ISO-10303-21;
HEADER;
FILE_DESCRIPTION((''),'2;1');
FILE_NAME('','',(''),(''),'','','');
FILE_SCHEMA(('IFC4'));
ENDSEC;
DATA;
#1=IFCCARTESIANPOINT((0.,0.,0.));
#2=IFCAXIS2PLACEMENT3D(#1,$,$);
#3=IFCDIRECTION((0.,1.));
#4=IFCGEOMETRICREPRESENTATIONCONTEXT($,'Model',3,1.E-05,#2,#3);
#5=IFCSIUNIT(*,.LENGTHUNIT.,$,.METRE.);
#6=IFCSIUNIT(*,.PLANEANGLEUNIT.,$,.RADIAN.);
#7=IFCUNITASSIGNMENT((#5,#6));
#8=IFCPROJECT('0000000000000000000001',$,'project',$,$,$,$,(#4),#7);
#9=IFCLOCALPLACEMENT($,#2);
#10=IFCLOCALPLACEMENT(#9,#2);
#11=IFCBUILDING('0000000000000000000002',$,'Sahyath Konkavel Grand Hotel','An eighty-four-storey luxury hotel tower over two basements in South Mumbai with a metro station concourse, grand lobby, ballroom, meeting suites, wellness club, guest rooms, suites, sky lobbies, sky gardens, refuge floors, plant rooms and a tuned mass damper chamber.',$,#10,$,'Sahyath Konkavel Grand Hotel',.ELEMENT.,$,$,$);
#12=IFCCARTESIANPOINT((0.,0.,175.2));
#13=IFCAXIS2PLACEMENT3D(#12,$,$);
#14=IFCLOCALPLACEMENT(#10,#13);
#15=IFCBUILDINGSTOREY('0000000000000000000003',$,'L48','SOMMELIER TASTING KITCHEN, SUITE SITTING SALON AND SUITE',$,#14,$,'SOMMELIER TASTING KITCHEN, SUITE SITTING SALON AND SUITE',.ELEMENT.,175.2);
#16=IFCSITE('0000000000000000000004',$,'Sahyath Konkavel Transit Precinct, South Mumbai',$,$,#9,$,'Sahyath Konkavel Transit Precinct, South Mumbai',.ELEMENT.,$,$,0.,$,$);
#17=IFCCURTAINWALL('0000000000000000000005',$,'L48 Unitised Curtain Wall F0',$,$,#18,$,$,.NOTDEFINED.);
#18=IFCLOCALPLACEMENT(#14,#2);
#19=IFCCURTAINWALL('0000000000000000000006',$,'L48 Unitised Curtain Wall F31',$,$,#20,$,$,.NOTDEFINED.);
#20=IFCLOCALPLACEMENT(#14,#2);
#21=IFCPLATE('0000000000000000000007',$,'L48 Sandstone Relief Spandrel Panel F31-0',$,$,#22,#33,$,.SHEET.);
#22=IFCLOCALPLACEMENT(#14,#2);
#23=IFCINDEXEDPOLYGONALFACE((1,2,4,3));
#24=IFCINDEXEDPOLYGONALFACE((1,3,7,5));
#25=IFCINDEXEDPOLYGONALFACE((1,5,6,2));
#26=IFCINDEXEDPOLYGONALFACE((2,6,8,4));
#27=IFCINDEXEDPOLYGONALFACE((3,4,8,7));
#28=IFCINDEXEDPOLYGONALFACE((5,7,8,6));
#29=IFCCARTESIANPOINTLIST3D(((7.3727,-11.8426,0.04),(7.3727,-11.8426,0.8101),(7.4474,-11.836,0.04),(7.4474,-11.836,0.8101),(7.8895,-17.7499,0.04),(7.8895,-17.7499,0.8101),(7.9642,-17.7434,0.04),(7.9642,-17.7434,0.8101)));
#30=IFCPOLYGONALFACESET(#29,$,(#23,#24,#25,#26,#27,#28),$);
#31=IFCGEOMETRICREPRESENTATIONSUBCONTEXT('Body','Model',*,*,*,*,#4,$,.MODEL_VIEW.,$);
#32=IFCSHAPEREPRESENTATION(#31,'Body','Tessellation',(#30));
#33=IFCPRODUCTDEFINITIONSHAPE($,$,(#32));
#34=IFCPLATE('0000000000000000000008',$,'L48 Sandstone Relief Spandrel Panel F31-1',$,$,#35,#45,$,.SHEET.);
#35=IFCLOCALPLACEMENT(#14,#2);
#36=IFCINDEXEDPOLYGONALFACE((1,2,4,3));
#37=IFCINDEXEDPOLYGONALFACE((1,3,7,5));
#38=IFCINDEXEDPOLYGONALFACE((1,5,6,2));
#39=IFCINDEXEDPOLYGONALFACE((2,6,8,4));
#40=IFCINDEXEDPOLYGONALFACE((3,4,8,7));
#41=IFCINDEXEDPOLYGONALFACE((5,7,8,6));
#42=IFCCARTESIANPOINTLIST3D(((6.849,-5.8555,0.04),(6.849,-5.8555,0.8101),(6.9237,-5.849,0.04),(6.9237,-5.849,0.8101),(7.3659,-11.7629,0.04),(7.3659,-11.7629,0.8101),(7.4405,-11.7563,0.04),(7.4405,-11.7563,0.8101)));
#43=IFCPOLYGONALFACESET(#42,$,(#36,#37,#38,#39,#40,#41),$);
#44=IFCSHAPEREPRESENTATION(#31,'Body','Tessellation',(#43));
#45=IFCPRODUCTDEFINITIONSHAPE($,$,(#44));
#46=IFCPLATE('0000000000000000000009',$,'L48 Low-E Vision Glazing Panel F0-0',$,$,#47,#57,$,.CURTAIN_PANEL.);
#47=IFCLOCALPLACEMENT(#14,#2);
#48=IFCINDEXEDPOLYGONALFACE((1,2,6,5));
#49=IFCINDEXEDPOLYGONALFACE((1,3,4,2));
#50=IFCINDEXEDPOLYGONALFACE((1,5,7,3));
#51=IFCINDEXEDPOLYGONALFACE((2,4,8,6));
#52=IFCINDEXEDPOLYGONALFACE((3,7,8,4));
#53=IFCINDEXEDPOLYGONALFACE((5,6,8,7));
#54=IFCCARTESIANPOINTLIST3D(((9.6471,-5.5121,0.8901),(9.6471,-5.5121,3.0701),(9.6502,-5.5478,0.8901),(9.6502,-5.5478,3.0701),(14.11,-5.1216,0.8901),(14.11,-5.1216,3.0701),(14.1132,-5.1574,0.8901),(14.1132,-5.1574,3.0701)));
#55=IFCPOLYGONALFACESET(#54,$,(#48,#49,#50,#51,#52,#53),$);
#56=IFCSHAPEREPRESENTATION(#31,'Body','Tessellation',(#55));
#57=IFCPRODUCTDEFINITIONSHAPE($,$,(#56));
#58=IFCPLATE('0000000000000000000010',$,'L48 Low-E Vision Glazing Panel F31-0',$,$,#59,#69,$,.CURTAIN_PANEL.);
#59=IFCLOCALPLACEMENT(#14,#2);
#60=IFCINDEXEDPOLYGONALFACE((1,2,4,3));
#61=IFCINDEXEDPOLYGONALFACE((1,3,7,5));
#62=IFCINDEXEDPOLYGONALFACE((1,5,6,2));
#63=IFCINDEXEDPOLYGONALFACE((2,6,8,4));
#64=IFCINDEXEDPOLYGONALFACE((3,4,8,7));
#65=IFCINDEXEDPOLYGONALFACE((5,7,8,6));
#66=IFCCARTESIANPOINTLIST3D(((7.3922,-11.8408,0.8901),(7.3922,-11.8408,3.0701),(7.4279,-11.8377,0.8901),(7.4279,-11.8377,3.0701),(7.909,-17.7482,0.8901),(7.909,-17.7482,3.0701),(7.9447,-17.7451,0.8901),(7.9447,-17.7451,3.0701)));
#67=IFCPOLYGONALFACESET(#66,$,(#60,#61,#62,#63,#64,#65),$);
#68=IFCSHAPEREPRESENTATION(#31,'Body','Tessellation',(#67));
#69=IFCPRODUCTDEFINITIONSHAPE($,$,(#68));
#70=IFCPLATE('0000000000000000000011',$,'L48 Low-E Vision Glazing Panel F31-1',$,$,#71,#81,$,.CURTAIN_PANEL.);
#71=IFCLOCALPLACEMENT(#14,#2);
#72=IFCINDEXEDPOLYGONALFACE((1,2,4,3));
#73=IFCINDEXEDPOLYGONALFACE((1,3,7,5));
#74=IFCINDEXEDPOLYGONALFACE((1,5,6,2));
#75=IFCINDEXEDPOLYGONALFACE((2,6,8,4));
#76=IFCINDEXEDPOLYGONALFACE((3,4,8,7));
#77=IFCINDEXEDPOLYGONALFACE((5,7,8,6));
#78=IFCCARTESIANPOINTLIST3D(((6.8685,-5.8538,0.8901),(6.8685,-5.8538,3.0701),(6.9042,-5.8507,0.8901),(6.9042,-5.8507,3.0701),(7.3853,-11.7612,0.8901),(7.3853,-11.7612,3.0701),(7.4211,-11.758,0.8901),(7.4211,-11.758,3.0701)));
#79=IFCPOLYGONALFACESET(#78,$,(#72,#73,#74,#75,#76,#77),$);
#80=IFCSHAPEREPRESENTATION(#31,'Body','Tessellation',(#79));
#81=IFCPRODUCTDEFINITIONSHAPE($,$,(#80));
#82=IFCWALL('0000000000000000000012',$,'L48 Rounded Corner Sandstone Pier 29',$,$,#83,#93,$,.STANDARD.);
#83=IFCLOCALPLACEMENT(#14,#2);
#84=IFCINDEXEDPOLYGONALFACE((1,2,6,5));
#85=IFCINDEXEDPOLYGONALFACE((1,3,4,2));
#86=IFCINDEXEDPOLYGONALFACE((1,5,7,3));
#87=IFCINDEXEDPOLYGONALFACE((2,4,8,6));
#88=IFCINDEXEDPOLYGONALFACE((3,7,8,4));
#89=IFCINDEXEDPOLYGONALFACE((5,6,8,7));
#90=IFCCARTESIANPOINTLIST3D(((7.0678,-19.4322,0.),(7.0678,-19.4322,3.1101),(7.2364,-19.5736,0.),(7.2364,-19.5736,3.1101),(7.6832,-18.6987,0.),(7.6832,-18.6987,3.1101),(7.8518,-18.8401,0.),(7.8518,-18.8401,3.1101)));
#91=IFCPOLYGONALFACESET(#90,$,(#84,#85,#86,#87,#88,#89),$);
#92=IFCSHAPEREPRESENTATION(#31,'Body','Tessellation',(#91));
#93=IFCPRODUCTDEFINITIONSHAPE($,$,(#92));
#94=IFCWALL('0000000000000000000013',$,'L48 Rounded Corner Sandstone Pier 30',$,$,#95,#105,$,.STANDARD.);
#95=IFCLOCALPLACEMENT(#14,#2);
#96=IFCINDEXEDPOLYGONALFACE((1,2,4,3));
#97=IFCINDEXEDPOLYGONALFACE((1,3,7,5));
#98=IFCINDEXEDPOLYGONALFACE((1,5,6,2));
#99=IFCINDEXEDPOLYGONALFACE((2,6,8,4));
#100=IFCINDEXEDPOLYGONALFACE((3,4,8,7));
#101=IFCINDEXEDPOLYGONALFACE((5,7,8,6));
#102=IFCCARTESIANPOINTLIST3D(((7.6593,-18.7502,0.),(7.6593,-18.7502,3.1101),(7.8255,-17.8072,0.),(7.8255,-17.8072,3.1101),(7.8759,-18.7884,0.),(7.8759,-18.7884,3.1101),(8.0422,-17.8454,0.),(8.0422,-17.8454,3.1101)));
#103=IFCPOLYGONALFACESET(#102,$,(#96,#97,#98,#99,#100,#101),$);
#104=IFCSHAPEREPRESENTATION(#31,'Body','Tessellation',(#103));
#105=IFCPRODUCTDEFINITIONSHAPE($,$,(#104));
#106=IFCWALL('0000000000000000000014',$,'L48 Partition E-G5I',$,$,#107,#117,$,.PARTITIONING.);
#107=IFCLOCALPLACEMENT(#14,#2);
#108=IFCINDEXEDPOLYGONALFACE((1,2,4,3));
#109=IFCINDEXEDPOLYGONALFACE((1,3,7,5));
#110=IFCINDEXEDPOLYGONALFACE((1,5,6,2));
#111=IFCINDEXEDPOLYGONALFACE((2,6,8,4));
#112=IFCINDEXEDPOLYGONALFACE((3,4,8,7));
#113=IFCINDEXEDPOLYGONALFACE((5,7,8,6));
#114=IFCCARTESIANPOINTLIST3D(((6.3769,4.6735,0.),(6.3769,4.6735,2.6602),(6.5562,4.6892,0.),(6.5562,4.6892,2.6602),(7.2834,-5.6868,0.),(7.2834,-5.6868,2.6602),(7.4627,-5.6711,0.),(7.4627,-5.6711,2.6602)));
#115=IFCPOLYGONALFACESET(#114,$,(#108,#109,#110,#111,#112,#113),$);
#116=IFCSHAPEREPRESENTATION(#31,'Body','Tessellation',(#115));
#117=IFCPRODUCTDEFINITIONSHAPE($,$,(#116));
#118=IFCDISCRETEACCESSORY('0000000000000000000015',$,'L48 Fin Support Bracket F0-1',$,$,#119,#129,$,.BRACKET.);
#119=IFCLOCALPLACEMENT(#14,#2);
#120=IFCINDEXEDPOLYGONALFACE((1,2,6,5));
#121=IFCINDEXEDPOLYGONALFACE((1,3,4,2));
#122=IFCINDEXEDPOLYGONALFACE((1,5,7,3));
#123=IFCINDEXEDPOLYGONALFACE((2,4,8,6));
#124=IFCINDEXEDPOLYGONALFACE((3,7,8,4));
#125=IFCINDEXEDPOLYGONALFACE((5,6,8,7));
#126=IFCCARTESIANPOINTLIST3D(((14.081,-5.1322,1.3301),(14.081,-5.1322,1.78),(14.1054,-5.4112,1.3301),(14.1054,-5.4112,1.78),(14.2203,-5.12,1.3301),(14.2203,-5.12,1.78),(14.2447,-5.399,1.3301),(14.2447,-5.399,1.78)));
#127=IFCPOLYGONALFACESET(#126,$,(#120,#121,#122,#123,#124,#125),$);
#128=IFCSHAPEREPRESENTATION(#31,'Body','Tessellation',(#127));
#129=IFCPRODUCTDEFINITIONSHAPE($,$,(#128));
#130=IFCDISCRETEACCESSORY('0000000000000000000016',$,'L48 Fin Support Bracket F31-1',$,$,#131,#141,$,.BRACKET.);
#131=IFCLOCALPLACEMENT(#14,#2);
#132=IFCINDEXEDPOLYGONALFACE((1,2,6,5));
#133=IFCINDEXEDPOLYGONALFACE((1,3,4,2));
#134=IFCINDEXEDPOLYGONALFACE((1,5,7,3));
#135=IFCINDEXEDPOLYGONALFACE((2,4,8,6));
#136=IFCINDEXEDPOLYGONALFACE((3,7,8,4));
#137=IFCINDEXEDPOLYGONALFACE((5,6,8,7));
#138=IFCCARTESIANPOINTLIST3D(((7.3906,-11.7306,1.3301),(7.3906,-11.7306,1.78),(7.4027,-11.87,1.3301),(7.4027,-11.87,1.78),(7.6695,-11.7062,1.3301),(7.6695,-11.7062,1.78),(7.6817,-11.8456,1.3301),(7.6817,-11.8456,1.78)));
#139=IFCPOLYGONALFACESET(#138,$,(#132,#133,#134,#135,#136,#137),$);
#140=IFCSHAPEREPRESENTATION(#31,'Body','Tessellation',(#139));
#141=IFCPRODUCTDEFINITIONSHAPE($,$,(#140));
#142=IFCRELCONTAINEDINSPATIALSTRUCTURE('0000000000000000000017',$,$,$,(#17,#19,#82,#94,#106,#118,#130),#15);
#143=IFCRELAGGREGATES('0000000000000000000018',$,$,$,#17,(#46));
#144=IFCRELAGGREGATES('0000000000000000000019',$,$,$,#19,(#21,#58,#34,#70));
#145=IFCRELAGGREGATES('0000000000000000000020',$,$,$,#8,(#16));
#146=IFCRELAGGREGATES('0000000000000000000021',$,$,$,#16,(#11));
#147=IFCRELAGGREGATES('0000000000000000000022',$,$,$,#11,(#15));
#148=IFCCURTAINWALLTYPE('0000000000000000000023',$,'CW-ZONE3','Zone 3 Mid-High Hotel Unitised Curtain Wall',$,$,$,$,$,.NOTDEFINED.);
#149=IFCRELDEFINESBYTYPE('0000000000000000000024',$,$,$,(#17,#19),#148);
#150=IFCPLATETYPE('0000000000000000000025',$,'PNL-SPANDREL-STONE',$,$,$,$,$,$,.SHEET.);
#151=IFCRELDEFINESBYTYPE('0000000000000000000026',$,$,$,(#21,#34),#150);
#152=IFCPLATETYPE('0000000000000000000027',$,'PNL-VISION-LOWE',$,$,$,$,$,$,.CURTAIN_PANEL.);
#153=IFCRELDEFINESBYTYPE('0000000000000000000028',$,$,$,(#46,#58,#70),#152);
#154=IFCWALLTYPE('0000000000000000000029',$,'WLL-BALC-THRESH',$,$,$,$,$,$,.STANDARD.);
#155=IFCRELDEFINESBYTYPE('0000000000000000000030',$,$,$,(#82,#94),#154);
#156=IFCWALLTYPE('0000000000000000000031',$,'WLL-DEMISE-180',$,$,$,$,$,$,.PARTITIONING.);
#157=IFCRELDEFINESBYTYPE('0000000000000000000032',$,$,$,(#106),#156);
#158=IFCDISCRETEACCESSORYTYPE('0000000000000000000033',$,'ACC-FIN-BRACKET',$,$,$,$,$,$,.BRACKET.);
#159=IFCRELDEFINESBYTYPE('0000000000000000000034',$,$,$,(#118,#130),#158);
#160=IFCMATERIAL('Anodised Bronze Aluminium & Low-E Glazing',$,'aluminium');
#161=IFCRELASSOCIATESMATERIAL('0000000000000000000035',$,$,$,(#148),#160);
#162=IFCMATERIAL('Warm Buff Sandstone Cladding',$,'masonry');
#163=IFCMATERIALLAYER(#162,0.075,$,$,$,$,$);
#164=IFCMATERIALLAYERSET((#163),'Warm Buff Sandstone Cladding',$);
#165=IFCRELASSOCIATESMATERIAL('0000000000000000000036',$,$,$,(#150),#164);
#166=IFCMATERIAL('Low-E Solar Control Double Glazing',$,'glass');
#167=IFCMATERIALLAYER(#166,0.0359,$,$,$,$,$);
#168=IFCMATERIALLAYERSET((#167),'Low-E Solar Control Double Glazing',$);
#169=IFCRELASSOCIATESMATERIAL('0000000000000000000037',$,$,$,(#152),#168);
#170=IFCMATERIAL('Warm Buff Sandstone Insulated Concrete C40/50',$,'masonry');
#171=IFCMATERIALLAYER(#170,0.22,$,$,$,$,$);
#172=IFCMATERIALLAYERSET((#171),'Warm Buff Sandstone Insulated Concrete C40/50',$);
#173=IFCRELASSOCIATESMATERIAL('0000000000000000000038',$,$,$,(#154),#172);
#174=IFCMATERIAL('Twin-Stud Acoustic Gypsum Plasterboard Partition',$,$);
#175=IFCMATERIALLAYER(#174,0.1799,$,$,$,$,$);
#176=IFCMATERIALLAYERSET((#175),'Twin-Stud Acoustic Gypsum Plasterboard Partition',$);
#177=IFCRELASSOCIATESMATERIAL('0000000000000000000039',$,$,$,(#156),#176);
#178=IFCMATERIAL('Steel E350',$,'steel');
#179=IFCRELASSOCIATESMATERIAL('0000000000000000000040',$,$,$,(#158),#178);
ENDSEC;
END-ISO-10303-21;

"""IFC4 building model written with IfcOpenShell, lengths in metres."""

from ifc_helpers import new_model, si_unit, direction, frame, frame_2d, origin, origin_2d, place, context, subcontext, project, spatial, rectangle, extrude, source, transform, mapped, material, layer, layer_set, type_object, element, aggregate, save


model = new_model("IFC4")

# Units and contexts
model_context = context("Model", 3, precision=1e-05, world=origin(), true_north=direction((0.0, 1.0)))
body_context = subcontext(model_context, "Body", "Model", "MODEL_VIEW")
ifc_project = project(units=[si_unit("LENGTHUNIT", "METRE"), si_unit("PLANEANGLEUNIT", "RADIAN")], contexts=[model_context])

# Site, building, storey
site_placement = place(None, origin())
site = spatial("IfcSite", under=ifc_project, at=site_placement, Name="Sahyath Konkavel Transit Precinct, South Mumbai", LongName="Sahyath Konkavel Transit Precinct, South Mumbai", CompositionType="ELEMENT", RefElevation=0.0)
building_placement = place(site_placement, origin())
building = spatial("IfcBuilding", under=site, at=building_placement, Name="Sahyath Konkavel Grand Hotel", Description="An eighty-four-storey luxury hotel tower over two basements in South Mumbai with a metro station concourse, grand lobby, ballroom, meeting suites, wellness club, guest rooms, suites, sky lobbies, sky gardens, refuge floors, plant rooms and a tuned mass damper chamber.", LongName="Sahyath Konkavel Grand Hotel", CompositionType="ELEMENT")
storey_placement = place(building_placement, frame((0.0, 0.0, 175.2)))
storey = spatial("IfcBuildingStorey", under=building, at=storey_placement, Name="L48", Description="SOMMELIER TASTING KITCHEN, SUITE SITTING SALON AND SUITE", LongName="SOMMELIER TASTING KITCHEN, SUITE SITTING SALON AND SUITE", CompositionType="ELEMENT", Elevation=175.2)

# Curtain walls
ifc_material_1 = material(Name="Anodised Bronze Aluminium & Low-E Glazing", Category="aluminium")
curtain_wall_type = type_object("IfcCurtainWallType", Name="CW-ZONE3", Description="Zone 3 Mid-High Hotel Unitised Curtain Wall", PredefinedType="NOTDEFINED", material=ifc_material_1)
curtain_wall_1_placement = place(storey_placement, origin())
curtain_wall_1 = element("IfcCurtainWall", 1, at=curtain_wall_1_placement, inside=storey, type_object=curtain_wall_type, Name="L48 Unitised Curtain Wall F0", PredefinedType="NOTDEFINED")
curtain_wall_2_placement = place(storey_placement, origin())
curtain_wall_2 = element("IfcCurtainWall", 2, at=curtain_wall_2_placement, inside=storey, type_object=curtain_wall_type, Name="L48 Unitised Curtain Wall F31", PredefinedType="NOTDEFINED")

# Plates
ifc_material_2 = material(Name="Warm Buff Sandstone Cladding", Category="masonry")
ifc_layer_1 = layer(ifc_material_2, 0.075)
ifc_layer_set_1 = layer_set([ifc_layer_1], Name="Warm Buff Sandstone Cladding")
plate_type_1 = type_object("IfcPlateType", Name="PNL-SPANDREL-STONE", PredefinedType="SHEET", material=ifc_layer_set_1)
shared_shape_1 = source(origin(), body_context, "Body", "SweptSolid", [
    extrude(rectangle(XDim=5.9299, YDim=0.075, at=origin_2d()), origin(), (0.0, 0.0, 1.0), 0.77),
])
plate_1_placement = place(storey_placement, frame((7.6685, -14.793, 0.04), z_axis=(0.0, 0.0, 1.0), x_axis=(-0.087156, 0.996195, 0.0)))
plate_1 = element("IfcPlate", 3, at=plate_1_placement, type_object=plate_type_1, Name="L48 Sandstone Relief Spandrel Panel F31-0", PredefinedType="SHEET", context=body_context, shape_type="MappedRepresentation", body=[
    mapped(shared_shape_1, transform((0.0, 0.0, 0.0), scale=1.0)),
])
plate_2_placement = place(storey_placement, frame((7.1448, -8.8059, 0.04), z_axis=(0.0, 0.0, 1.0), x_axis=(-0.087156, 0.996195, 0.0)))
plate_2 = element("IfcPlate", 4, at=plate_2_placement, type_object=plate_type_1, Name="L48 Sandstone Relief Spandrel Panel F31-1", PredefinedType="SHEET", context=body_context, shape_type="MappedRepresentation", body=[
    mapped(shared_shape_1, transform((0.0, 0.0, 0.0), scale=1.0)),
])
ifc_material_3 = material(Name="Low-E Solar Control Double Glazing", Category="glass")
ifc_layer_2 = layer(ifc_material_3, 0.0359)
ifc_layer_set_2 = layer_set([ifc_layer_2], Name="Low-E Solar Control Double Glazing")
plate_type_2 = type_object("IfcPlateType", Name="PNL-VISION-LOWE", PredefinedType="CURTAIN_PANEL", material=ifc_layer_set_2)
shared_shape_2 = source(origin(), body_context, "Body", "SweptSolid", [
    extrude(rectangle(XDim=4.48, YDim=0.0359, at=origin_2d()), origin(), (0.0, 0.0, 1.0), 2.1799),
])
plate_3_placement = place(storey_placement, frame((11.8801, -5.3347, 0.8901), z_axis=(0.0, 0.0, 1.0), x_axis=(0.996195, 0.087156, 0.0)))
plate_3 = element("IfcPlate", 5, at=plate_3_placement, type_object=plate_type_2, Name="L48 Low-E Vision Glazing Panel F0-0", PredefinedType="CURTAIN_PANEL", context=body_context, shape_type="MappedRepresentation", body=[
    mapped(shared_shape_2, transform((0.0, 0.0, 0.0), scale=1.0)),
])
aggregate(curtain_wall_1, [plate_3])
shared_shape_3 = source(origin(), body_context, "Body", "SweptSolid", [
    extrude(rectangle(XDim=5.9299, YDim=0.0359, at=origin_2d()), origin(), (0.0, 0.0, 1.0), 2.1799),
])
plate_4_placement = place(storey_placement, frame((7.6685, -14.793, 0.8901), z_axis=(0.0, 0.0, 1.0), x_axis=(-0.087156, 0.996195, 0.0)))
plate_4 = element("IfcPlate", 6, at=plate_4_placement, type_object=plate_type_2, Name="L48 Low-E Vision Glazing Panel F31-0", PredefinedType="CURTAIN_PANEL", context=body_context, shape_type="MappedRepresentation", body=[
    mapped(shared_shape_3, transform((0.0, 0.0, 0.0), scale=1.0)),
])
plate_5_placement = place(storey_placement, frame((7.1448, -8.8059, 0.8901), z_axis=(0.0, 0.0, 1.0), x_axis=(-0.087156, 0.996195, 0.0)))
plate_5 = element("IfcPlate", 7, at=plate_5_placement, type_object=plate_type_2, Name="L48 Low-E Vision Glazing Panel F31-1", PredefinedType="CURTAIN_PANEL", context=body_context, shape_type="MappedRepresentation", body=[
    mapped(shared_shape_3, transform((0.0, 0.0, 0.0), scale=1.0)),
])
aggregate(curtain_wall_2, [plate_1, plate_4, plate_2, plate_5])

# Walls
ifc_material_4 = material(Name="Warm Buff Sandstone Insulated Concrete C40/50", Category="masonry")
ifc_layer_3 = layer(ifc_material_4, 0.22)
ifc_layer_set_3 = layer_set([ifc_layer_3], Name="Warm Buff Sandstone Insulated Concrete C40/50")
wall_type_1 = type_object("IfcWallType", Name="WLL-BALC-THRESH", PredefinedType="STANDARD", material=ifc_layer_set_3)
for number, where, z_axis, x_axis, name in (
    (8, (7.1521, -19.5029, 0.0), (0.0, 0.0, 1.0), (0.642714, 0.766107, 0.0), "L48 Rounded Corner Sandstone Pier 29"),
    (9, (7.7676, -18.7693, 0.0), (0.0, 0.0, 1.0), (0.173654, 0.984807, 0.0), "L48 Rounded Corner Sandstone Pier 30"),
):
    element("IfcWall", number, at=place(storey_placement, frame(where, z_axis=z_axis, x_axis=x_axis)), inside=storey, type_object=wall_type_1, Name=name, PredefinedType="STANDARD", context=body_context, shape_type="SweptSolid", body=[
        extrude(rectangle(XDim=0.9575, YDim=0.22, at=frame_2d((0.4788, 0.0))), origin(), (0.0, 0.0, 1.0), 3.1101),
    ])
ifc_material_5 = material(Name="Twin-Stud Acoustic Gypsum Plasterboard Partition")
ifc_layer_4 = layer(ifc_material_5, 0.1799)
ifc_layer_set_4 = layer_set([ifc_layer_4], Name="Twin-Stud Acoustic Gypsum Plasterboard Partition")
wall_type_2 = type_object("IfcWallType", Name="WLL-DEMISE-180", PredefinedType="PARTITIONING", material=ifc_layer_set_4)
wall_placement = place(storey_placement, frame((7.373, -5.679, 0.0), z_axis=(0.0, 0.0, 1.0), x_axis=(-0.087163, 0.996194, 0.0)))
element("IfcWall", 10, at=wall_placement, inside=storey, type_object=wall_type_2, Name="L48 Partition E-G5I", PredefinedType="PARTITIONING", context=body_context, shape_type="SweptSolid", body=[
    extrude(rectangle(XDim=10.3999, YDim=0.1799, at=frame_2d((5.2, 0.0))), origin(), (0.0, 0.0, 1.0), 2.6602),
])

# Discrete accessories
ifc_material_6 = material(Name="Steel E350", Category="steel")
discrete_accessory_type = type_object("IfcDiscreteAccessoryType", Name="ACC-FIN-BRACKET", PredefinedType="BRACKET", material=ifc_material_6)
shared_shape_4 = source(origin(), body_context, "Body", "SweptSolid", [
    extrude(rectangle(XDim=0.28, YDim=0.1399, at=origin_2d()), origin(), (0.0, 0.0, 1.0), 0.45),
])
for number, where, z_axis, x_axis, name in (
    (11, (14.1628, -5.2656, 1.3301), (0.0, 0.0, 1.0), (0.087156, -0.996195, 0.0), "L48 Fin Support Bracket F0-1"),
    (12, (7.5361, -11.7881, 1.3301), (0.0, 0.0, 1.0), (0.996195, 0.087156, 0.0), "L48 Fin Support Bracket F31-1"),
):
    element("IfcDiscreteAccessory", number, at=place(storey_placement, frame(where, z_axis=z_axis, x_axis=x_axis)), inside=storey, type_object=discrete_accessory_type, Name=name, PredefinedType="BRACKET", context=body_context, shape_type="MappedRepresentation", body=[
        mapped(shared_shape_4, transform((0.0, 0.0, 0.0), scale=1.0)),
    ])

save(model, "model.ifc")
